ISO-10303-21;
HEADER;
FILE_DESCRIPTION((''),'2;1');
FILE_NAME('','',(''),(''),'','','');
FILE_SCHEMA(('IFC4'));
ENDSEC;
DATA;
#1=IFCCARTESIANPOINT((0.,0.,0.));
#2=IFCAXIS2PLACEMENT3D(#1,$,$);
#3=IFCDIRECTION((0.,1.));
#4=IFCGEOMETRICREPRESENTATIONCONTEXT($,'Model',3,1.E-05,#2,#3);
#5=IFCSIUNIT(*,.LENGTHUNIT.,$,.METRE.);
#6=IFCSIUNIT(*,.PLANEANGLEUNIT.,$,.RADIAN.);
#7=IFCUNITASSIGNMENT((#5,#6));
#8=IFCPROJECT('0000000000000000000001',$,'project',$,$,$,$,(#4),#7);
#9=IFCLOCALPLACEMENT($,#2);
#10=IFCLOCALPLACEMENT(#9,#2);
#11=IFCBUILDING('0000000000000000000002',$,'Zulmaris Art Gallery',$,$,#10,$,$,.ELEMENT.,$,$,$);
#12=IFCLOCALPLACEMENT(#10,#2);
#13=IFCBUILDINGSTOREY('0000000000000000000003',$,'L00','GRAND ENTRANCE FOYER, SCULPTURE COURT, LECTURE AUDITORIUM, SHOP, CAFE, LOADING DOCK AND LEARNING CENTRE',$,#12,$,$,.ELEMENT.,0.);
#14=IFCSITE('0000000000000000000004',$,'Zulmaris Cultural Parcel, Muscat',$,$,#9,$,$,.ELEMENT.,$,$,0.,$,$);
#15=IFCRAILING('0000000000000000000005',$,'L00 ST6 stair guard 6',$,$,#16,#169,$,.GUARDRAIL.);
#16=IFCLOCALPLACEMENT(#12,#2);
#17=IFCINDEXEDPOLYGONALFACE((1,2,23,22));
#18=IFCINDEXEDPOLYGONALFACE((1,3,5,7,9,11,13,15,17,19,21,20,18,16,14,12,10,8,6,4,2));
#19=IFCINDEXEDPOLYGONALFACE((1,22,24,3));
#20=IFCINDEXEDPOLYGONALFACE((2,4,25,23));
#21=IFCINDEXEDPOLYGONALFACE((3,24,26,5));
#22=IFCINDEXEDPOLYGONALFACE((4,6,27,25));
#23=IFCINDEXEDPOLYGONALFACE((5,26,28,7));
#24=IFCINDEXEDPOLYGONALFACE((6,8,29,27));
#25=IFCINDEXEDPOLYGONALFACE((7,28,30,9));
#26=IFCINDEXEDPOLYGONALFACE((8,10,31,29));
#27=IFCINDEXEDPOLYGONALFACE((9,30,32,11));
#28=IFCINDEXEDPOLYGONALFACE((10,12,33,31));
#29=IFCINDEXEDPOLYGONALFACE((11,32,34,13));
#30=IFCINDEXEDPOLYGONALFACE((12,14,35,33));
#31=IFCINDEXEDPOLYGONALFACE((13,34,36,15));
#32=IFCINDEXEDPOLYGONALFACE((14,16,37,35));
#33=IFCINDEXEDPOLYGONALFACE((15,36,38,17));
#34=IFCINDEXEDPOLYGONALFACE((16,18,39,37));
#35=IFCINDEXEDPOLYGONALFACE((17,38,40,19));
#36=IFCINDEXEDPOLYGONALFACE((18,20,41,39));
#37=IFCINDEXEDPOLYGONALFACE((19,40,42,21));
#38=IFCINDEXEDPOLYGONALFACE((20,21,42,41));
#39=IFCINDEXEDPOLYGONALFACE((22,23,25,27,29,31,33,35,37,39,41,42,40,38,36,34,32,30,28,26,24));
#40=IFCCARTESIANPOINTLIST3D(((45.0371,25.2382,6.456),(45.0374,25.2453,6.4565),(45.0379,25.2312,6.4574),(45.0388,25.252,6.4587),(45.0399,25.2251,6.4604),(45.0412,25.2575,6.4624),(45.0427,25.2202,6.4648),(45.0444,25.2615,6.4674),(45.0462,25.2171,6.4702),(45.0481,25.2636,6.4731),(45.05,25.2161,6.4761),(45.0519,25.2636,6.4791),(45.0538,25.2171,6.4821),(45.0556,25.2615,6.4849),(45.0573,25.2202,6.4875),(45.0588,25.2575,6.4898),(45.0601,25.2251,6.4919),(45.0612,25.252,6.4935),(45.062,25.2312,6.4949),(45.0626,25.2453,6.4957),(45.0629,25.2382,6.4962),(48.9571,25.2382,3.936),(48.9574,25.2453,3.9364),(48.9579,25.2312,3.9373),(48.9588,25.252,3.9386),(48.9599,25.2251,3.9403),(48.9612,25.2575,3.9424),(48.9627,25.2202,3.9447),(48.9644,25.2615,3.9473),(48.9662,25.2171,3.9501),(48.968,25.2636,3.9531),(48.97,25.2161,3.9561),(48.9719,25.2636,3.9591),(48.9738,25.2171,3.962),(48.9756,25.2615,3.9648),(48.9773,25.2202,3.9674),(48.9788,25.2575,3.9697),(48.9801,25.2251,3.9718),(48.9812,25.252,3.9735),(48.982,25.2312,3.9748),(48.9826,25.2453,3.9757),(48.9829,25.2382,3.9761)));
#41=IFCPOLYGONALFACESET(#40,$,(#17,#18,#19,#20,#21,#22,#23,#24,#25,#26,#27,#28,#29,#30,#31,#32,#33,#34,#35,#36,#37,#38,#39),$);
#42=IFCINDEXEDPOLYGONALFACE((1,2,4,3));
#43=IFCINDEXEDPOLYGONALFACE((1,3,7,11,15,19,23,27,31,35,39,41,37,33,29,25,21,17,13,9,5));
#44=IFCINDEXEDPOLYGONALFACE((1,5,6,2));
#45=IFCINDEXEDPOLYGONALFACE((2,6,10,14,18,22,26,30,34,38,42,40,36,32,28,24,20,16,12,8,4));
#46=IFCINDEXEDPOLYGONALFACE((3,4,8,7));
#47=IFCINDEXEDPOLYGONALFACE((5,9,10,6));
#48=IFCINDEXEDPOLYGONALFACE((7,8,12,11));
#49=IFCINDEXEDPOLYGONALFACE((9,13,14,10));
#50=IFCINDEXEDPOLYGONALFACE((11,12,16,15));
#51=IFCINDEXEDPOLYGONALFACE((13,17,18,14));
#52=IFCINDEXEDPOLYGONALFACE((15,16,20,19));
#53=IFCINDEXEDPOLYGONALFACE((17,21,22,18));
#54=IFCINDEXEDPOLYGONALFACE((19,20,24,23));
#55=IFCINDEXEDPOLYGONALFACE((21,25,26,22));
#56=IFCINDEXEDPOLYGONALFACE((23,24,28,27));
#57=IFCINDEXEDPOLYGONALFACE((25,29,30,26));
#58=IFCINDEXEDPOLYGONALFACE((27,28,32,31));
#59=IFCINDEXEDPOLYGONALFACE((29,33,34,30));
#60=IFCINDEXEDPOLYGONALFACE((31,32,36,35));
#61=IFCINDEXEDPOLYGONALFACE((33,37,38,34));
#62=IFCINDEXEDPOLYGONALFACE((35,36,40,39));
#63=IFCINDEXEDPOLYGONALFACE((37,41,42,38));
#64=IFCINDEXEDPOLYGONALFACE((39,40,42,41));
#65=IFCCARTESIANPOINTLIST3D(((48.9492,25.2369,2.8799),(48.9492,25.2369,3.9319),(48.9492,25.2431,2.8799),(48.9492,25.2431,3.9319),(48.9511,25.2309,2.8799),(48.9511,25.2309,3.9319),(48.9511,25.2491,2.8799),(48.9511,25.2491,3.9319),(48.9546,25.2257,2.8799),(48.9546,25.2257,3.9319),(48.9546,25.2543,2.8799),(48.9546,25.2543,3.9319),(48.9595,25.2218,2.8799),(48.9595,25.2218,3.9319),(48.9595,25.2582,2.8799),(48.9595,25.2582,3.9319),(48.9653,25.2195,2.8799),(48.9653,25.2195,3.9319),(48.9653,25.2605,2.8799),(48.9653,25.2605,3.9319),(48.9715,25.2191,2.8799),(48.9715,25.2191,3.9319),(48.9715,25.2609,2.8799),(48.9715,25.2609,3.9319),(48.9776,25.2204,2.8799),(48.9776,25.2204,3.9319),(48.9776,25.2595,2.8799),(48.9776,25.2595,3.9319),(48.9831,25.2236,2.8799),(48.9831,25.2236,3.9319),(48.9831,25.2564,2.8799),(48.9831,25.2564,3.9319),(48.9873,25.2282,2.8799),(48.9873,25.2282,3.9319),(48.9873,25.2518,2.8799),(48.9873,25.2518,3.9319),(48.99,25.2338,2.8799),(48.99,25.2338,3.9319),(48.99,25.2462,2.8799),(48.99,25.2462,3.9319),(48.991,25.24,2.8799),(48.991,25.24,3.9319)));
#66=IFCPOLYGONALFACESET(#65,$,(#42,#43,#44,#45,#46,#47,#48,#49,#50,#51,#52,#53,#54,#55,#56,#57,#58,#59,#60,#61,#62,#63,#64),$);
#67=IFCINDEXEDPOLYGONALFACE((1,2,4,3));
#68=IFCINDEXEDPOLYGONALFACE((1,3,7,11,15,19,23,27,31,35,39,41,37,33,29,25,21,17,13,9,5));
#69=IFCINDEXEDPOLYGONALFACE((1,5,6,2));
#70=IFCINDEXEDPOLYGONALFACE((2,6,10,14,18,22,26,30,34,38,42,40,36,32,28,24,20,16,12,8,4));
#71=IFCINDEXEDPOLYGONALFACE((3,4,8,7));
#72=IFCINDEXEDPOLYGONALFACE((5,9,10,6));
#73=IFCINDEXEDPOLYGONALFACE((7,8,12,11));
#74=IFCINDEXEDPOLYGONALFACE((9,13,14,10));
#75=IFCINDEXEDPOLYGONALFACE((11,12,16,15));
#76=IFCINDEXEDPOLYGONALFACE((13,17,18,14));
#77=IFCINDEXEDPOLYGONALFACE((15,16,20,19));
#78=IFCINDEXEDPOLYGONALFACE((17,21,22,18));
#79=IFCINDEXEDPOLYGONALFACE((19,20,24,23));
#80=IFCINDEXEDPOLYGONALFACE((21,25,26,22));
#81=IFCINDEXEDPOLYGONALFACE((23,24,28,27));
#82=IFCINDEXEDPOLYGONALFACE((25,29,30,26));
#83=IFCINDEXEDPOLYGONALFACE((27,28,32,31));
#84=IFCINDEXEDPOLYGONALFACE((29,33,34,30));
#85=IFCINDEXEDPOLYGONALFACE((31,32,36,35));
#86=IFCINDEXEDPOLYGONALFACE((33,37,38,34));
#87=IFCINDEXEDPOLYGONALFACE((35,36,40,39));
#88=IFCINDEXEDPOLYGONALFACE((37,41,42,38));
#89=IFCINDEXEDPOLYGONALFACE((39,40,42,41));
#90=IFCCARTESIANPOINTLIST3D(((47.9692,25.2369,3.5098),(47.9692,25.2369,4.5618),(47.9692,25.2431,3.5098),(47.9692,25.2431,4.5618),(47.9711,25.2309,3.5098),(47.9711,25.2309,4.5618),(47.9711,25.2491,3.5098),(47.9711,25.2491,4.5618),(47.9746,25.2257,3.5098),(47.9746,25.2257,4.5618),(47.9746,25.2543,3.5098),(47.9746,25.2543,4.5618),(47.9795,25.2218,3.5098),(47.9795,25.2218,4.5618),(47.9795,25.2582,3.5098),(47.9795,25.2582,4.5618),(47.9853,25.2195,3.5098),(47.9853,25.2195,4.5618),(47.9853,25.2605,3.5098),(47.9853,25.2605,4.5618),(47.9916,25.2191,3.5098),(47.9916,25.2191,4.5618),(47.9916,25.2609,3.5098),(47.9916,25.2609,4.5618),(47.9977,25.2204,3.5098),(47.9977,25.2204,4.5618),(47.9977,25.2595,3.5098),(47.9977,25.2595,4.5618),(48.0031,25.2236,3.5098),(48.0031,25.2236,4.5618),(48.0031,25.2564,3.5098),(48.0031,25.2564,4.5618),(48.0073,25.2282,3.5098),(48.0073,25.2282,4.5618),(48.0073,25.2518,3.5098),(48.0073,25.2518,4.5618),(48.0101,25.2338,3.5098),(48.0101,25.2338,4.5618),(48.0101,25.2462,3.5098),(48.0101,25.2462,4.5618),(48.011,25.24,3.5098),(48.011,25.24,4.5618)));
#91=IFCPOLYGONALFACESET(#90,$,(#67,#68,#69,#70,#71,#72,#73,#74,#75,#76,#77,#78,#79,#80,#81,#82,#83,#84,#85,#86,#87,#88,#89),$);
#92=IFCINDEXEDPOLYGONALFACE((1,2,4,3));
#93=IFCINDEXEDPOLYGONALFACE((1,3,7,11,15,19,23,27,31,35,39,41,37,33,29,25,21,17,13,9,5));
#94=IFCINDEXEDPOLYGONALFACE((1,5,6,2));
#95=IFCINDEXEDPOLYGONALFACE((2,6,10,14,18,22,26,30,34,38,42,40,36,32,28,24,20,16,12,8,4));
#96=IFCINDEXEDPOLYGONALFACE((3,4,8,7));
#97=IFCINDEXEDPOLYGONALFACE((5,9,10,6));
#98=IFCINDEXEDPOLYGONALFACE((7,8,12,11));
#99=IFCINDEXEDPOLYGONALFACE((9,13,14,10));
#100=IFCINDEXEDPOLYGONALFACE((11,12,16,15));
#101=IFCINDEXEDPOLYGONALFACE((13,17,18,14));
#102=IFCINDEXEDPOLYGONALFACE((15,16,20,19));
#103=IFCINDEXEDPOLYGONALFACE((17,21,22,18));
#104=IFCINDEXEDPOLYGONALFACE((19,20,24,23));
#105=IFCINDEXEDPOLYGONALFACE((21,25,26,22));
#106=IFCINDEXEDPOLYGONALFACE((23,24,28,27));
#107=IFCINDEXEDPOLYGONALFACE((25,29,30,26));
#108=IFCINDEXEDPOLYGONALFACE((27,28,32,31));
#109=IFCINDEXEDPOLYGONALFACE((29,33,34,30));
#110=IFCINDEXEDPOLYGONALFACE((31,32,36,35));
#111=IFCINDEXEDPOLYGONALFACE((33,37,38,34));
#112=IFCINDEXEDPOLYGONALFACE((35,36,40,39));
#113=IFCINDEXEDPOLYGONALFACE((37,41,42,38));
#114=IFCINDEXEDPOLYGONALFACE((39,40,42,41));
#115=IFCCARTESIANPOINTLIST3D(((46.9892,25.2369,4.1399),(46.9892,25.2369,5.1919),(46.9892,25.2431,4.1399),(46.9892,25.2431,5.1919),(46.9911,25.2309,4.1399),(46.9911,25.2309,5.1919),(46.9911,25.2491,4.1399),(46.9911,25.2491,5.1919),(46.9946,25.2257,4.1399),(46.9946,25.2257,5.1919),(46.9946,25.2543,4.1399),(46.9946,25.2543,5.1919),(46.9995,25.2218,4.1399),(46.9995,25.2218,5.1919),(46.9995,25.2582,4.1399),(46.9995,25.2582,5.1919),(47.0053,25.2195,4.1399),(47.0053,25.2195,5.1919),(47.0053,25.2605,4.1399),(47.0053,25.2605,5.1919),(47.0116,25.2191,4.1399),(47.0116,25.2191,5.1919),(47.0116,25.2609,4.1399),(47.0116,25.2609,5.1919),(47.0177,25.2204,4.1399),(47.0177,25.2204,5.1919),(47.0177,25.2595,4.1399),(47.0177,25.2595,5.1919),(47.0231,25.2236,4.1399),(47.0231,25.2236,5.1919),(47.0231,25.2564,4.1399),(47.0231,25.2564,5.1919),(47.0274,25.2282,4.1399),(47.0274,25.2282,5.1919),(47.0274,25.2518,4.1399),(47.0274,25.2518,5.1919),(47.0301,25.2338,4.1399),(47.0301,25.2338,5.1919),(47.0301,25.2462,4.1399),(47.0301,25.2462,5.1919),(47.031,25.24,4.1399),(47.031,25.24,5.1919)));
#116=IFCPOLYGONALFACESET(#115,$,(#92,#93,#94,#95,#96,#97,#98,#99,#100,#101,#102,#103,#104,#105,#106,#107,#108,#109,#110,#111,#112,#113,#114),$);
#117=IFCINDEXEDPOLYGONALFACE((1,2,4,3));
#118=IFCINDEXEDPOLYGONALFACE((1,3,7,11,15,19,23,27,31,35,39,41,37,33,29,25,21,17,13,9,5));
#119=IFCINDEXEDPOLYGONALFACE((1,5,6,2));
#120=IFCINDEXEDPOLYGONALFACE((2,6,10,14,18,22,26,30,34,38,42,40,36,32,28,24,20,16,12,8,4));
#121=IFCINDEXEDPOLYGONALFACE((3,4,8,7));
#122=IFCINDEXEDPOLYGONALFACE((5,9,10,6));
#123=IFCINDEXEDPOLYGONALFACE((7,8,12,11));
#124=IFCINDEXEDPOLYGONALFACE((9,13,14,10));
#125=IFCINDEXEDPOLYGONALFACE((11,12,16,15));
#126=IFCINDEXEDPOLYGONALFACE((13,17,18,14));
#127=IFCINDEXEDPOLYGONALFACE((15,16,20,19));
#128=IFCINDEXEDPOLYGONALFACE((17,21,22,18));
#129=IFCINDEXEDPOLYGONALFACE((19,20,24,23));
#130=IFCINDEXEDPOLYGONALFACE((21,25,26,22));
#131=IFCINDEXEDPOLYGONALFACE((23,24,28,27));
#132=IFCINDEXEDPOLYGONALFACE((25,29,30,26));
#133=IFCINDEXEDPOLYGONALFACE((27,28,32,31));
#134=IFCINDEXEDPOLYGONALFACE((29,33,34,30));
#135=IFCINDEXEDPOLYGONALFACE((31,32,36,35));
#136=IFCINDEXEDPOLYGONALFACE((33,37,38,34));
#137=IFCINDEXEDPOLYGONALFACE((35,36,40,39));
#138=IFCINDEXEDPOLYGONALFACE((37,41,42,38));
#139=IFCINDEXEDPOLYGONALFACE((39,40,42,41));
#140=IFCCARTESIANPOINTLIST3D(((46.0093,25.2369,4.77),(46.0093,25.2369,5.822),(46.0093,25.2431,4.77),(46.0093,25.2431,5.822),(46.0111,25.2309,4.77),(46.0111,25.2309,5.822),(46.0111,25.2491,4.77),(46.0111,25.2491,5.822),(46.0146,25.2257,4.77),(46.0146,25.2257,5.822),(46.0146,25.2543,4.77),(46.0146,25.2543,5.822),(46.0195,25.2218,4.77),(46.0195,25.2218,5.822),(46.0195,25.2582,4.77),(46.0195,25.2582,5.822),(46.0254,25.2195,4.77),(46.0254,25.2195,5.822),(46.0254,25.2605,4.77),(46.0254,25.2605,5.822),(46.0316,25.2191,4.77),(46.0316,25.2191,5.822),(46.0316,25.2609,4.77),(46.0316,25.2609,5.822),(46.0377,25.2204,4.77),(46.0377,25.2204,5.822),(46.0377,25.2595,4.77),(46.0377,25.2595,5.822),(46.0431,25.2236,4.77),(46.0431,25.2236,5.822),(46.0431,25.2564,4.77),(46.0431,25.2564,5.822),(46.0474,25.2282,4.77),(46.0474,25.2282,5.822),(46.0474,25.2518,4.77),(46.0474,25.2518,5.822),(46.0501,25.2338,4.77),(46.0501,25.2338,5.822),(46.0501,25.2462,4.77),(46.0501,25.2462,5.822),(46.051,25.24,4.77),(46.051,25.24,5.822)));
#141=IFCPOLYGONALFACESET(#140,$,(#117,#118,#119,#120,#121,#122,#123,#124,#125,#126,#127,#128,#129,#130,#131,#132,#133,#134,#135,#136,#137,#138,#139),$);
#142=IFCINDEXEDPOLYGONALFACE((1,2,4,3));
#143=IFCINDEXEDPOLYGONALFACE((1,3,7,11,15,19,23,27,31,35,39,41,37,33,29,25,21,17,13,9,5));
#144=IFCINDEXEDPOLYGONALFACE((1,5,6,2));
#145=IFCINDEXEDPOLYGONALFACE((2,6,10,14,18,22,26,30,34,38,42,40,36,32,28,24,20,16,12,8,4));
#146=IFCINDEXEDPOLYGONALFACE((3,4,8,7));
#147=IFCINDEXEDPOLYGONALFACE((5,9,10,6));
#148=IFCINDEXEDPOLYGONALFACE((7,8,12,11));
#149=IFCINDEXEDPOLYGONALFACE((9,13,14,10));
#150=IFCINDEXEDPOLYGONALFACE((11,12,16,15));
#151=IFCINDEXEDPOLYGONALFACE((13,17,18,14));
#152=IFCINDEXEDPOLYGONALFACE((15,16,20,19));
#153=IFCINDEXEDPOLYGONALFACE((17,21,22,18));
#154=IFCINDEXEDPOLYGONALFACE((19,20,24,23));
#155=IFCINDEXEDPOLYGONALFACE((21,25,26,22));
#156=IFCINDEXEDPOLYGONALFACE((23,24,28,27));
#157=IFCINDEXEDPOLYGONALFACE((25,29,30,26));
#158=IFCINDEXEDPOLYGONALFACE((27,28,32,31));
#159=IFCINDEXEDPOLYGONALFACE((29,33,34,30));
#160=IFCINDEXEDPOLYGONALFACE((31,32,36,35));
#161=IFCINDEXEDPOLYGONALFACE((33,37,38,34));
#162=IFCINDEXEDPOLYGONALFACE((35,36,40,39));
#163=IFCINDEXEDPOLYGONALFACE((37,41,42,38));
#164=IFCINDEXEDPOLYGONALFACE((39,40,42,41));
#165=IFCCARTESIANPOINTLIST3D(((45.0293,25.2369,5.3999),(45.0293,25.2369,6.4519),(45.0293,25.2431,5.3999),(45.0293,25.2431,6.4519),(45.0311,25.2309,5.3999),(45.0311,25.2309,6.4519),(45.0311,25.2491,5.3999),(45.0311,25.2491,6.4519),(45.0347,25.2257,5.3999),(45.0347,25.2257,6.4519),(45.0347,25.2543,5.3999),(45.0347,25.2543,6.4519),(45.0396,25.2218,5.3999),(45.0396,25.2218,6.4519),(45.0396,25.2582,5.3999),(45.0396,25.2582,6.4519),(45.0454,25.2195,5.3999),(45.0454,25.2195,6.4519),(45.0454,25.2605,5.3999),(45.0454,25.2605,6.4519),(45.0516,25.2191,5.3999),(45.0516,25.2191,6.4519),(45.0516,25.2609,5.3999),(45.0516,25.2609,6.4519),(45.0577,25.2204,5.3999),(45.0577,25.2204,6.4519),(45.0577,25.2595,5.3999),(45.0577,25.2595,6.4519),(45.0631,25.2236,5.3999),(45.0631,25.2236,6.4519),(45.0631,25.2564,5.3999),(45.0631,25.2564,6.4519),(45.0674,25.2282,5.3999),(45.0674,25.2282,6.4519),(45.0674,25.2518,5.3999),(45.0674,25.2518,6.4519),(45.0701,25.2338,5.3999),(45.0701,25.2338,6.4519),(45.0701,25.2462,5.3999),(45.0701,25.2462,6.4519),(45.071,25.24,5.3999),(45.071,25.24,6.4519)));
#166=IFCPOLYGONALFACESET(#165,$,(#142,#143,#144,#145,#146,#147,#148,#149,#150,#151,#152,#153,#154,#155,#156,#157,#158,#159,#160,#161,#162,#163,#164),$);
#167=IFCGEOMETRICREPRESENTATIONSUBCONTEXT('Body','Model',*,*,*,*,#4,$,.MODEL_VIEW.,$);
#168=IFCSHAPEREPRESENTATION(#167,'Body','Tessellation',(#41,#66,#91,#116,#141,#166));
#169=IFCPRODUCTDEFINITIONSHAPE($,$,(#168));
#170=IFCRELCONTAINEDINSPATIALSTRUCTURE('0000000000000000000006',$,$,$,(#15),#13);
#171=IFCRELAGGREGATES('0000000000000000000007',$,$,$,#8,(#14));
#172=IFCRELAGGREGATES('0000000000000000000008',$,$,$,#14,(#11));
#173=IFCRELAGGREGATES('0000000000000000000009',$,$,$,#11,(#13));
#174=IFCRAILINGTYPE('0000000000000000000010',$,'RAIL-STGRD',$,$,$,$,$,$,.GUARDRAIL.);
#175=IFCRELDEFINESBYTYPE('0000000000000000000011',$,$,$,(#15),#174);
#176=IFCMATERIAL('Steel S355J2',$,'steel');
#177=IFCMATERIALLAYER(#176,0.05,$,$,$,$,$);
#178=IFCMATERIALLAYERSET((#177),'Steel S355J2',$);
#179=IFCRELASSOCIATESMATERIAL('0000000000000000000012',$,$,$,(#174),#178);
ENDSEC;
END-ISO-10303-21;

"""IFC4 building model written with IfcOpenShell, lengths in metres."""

from ifc_helpers import new_model, si_unit, direction, frame, origin, origin_2d, place, context, subcontext, project, spatial, circle, extrude, material, layer, layer_set, type_object, element, save


model = new_model("IFC4")

# Units and contexts
model_context = context("Model", 3, precision=1e-05, world=origin(), true_north=direction((0.0, 1.0)))
body_context = subcontext(model_context, "Body", "Model", "MODEL_VIEW")
ifc_project = project(units=[si_unit("LENGTHUNIT", "METRE"), si_unit("PLANEANGLEUNIT", "RADIAN")], contexts=[model_context])

# Site, building, storey
site_placement = place(None, origin())
site = spatial("IfcSite", under=ifc_project, at=site_placement, Name="Zulmaris Cultural Parcel, Muscat", CompositionType="ELEMENT", RefElevation=0.0)
building_placement = place(site_placement, origin())
building = spatial("IfcBuilding", under=site, at=building_placement, Name="Zulmaris Art Gallery", CompositionType="ELEMENT")
storey_placement = place(building_placement, origin())
storey = spatial("IfcBuildingStorey", under=building, at=storey_placement, Name="L00", Description="GRAND ENTRANCE FOYER, SCULPTURE COURT, LECTURE AUDITORIUM, SHOP, CAFE, LOADING DOCK AND LEARNING CENTRE", CompositionType="ELEMENT", Elevation=0.0)

# Shared definitions
ifc_material_1 = material(Name="Steel S355J2", Category="steel")

# Railing
ifc_layer_1 = layer(ifc_material_1, 0.05)
ifc_layer_set_1 = layer_set([ifc_layer_1], Name="Steel S355J2")
railing_type_1 = type_object("IfcRailingType", Name="RAIL-STGRD", PredefinedType="GUARDRAIL", material=ifc_layer_set_1)
railing_1_placement = place(storey_placement, frame((48.97, 25.24, 2.8799)))
element("IfcRailing", 1, at=railing_1_placement, inside=storey, type_object=railing_type_1, Name="L00 ST6 stair guard 6", PredefinedType="GUARDRAIL", context=body_context, shape_type="SweptSolid", body=[
    extrude(circle(Radius=0.0239, at=origin_2d()), frame((0.0, 0.0, 1.0762), z_axis=(-0.841172, 0.0, 0.540768), x_axis=(0.0, -1.0, 0.0)), (0.0, 0.0, 1.0), 4.6602),
    extrude(circle(Radius=0.021, at=origin_2d()), origin(), (0.0, 0.0, 1.0), 1.052),
    extrude(circle(Radius=0.021, at=origin_2d()), frame((-0.98, 0.0, 0.6299)), (0.0, 0.0, 1.0), 1.052),
    extrude(circle(Radius=0.021, at=origin_2d()), frame((-1.96, 0.0, 1.26)), (0.0, 0.0, 1.0), 1.052),
    extrude(circle(Radius=0.021, at=origin_2d()), frame((-2.9399, 0.0, 1.8901)), (0.0, 0.0, 1.0), 1.052),
    extrude(circle(Radius=0.021, at=origin_2d()), frame((-3.9199, 0.0, 2.52)), (0.0, 0.0, 1.0), 1.052),
])

save(model, "model.ifc")
